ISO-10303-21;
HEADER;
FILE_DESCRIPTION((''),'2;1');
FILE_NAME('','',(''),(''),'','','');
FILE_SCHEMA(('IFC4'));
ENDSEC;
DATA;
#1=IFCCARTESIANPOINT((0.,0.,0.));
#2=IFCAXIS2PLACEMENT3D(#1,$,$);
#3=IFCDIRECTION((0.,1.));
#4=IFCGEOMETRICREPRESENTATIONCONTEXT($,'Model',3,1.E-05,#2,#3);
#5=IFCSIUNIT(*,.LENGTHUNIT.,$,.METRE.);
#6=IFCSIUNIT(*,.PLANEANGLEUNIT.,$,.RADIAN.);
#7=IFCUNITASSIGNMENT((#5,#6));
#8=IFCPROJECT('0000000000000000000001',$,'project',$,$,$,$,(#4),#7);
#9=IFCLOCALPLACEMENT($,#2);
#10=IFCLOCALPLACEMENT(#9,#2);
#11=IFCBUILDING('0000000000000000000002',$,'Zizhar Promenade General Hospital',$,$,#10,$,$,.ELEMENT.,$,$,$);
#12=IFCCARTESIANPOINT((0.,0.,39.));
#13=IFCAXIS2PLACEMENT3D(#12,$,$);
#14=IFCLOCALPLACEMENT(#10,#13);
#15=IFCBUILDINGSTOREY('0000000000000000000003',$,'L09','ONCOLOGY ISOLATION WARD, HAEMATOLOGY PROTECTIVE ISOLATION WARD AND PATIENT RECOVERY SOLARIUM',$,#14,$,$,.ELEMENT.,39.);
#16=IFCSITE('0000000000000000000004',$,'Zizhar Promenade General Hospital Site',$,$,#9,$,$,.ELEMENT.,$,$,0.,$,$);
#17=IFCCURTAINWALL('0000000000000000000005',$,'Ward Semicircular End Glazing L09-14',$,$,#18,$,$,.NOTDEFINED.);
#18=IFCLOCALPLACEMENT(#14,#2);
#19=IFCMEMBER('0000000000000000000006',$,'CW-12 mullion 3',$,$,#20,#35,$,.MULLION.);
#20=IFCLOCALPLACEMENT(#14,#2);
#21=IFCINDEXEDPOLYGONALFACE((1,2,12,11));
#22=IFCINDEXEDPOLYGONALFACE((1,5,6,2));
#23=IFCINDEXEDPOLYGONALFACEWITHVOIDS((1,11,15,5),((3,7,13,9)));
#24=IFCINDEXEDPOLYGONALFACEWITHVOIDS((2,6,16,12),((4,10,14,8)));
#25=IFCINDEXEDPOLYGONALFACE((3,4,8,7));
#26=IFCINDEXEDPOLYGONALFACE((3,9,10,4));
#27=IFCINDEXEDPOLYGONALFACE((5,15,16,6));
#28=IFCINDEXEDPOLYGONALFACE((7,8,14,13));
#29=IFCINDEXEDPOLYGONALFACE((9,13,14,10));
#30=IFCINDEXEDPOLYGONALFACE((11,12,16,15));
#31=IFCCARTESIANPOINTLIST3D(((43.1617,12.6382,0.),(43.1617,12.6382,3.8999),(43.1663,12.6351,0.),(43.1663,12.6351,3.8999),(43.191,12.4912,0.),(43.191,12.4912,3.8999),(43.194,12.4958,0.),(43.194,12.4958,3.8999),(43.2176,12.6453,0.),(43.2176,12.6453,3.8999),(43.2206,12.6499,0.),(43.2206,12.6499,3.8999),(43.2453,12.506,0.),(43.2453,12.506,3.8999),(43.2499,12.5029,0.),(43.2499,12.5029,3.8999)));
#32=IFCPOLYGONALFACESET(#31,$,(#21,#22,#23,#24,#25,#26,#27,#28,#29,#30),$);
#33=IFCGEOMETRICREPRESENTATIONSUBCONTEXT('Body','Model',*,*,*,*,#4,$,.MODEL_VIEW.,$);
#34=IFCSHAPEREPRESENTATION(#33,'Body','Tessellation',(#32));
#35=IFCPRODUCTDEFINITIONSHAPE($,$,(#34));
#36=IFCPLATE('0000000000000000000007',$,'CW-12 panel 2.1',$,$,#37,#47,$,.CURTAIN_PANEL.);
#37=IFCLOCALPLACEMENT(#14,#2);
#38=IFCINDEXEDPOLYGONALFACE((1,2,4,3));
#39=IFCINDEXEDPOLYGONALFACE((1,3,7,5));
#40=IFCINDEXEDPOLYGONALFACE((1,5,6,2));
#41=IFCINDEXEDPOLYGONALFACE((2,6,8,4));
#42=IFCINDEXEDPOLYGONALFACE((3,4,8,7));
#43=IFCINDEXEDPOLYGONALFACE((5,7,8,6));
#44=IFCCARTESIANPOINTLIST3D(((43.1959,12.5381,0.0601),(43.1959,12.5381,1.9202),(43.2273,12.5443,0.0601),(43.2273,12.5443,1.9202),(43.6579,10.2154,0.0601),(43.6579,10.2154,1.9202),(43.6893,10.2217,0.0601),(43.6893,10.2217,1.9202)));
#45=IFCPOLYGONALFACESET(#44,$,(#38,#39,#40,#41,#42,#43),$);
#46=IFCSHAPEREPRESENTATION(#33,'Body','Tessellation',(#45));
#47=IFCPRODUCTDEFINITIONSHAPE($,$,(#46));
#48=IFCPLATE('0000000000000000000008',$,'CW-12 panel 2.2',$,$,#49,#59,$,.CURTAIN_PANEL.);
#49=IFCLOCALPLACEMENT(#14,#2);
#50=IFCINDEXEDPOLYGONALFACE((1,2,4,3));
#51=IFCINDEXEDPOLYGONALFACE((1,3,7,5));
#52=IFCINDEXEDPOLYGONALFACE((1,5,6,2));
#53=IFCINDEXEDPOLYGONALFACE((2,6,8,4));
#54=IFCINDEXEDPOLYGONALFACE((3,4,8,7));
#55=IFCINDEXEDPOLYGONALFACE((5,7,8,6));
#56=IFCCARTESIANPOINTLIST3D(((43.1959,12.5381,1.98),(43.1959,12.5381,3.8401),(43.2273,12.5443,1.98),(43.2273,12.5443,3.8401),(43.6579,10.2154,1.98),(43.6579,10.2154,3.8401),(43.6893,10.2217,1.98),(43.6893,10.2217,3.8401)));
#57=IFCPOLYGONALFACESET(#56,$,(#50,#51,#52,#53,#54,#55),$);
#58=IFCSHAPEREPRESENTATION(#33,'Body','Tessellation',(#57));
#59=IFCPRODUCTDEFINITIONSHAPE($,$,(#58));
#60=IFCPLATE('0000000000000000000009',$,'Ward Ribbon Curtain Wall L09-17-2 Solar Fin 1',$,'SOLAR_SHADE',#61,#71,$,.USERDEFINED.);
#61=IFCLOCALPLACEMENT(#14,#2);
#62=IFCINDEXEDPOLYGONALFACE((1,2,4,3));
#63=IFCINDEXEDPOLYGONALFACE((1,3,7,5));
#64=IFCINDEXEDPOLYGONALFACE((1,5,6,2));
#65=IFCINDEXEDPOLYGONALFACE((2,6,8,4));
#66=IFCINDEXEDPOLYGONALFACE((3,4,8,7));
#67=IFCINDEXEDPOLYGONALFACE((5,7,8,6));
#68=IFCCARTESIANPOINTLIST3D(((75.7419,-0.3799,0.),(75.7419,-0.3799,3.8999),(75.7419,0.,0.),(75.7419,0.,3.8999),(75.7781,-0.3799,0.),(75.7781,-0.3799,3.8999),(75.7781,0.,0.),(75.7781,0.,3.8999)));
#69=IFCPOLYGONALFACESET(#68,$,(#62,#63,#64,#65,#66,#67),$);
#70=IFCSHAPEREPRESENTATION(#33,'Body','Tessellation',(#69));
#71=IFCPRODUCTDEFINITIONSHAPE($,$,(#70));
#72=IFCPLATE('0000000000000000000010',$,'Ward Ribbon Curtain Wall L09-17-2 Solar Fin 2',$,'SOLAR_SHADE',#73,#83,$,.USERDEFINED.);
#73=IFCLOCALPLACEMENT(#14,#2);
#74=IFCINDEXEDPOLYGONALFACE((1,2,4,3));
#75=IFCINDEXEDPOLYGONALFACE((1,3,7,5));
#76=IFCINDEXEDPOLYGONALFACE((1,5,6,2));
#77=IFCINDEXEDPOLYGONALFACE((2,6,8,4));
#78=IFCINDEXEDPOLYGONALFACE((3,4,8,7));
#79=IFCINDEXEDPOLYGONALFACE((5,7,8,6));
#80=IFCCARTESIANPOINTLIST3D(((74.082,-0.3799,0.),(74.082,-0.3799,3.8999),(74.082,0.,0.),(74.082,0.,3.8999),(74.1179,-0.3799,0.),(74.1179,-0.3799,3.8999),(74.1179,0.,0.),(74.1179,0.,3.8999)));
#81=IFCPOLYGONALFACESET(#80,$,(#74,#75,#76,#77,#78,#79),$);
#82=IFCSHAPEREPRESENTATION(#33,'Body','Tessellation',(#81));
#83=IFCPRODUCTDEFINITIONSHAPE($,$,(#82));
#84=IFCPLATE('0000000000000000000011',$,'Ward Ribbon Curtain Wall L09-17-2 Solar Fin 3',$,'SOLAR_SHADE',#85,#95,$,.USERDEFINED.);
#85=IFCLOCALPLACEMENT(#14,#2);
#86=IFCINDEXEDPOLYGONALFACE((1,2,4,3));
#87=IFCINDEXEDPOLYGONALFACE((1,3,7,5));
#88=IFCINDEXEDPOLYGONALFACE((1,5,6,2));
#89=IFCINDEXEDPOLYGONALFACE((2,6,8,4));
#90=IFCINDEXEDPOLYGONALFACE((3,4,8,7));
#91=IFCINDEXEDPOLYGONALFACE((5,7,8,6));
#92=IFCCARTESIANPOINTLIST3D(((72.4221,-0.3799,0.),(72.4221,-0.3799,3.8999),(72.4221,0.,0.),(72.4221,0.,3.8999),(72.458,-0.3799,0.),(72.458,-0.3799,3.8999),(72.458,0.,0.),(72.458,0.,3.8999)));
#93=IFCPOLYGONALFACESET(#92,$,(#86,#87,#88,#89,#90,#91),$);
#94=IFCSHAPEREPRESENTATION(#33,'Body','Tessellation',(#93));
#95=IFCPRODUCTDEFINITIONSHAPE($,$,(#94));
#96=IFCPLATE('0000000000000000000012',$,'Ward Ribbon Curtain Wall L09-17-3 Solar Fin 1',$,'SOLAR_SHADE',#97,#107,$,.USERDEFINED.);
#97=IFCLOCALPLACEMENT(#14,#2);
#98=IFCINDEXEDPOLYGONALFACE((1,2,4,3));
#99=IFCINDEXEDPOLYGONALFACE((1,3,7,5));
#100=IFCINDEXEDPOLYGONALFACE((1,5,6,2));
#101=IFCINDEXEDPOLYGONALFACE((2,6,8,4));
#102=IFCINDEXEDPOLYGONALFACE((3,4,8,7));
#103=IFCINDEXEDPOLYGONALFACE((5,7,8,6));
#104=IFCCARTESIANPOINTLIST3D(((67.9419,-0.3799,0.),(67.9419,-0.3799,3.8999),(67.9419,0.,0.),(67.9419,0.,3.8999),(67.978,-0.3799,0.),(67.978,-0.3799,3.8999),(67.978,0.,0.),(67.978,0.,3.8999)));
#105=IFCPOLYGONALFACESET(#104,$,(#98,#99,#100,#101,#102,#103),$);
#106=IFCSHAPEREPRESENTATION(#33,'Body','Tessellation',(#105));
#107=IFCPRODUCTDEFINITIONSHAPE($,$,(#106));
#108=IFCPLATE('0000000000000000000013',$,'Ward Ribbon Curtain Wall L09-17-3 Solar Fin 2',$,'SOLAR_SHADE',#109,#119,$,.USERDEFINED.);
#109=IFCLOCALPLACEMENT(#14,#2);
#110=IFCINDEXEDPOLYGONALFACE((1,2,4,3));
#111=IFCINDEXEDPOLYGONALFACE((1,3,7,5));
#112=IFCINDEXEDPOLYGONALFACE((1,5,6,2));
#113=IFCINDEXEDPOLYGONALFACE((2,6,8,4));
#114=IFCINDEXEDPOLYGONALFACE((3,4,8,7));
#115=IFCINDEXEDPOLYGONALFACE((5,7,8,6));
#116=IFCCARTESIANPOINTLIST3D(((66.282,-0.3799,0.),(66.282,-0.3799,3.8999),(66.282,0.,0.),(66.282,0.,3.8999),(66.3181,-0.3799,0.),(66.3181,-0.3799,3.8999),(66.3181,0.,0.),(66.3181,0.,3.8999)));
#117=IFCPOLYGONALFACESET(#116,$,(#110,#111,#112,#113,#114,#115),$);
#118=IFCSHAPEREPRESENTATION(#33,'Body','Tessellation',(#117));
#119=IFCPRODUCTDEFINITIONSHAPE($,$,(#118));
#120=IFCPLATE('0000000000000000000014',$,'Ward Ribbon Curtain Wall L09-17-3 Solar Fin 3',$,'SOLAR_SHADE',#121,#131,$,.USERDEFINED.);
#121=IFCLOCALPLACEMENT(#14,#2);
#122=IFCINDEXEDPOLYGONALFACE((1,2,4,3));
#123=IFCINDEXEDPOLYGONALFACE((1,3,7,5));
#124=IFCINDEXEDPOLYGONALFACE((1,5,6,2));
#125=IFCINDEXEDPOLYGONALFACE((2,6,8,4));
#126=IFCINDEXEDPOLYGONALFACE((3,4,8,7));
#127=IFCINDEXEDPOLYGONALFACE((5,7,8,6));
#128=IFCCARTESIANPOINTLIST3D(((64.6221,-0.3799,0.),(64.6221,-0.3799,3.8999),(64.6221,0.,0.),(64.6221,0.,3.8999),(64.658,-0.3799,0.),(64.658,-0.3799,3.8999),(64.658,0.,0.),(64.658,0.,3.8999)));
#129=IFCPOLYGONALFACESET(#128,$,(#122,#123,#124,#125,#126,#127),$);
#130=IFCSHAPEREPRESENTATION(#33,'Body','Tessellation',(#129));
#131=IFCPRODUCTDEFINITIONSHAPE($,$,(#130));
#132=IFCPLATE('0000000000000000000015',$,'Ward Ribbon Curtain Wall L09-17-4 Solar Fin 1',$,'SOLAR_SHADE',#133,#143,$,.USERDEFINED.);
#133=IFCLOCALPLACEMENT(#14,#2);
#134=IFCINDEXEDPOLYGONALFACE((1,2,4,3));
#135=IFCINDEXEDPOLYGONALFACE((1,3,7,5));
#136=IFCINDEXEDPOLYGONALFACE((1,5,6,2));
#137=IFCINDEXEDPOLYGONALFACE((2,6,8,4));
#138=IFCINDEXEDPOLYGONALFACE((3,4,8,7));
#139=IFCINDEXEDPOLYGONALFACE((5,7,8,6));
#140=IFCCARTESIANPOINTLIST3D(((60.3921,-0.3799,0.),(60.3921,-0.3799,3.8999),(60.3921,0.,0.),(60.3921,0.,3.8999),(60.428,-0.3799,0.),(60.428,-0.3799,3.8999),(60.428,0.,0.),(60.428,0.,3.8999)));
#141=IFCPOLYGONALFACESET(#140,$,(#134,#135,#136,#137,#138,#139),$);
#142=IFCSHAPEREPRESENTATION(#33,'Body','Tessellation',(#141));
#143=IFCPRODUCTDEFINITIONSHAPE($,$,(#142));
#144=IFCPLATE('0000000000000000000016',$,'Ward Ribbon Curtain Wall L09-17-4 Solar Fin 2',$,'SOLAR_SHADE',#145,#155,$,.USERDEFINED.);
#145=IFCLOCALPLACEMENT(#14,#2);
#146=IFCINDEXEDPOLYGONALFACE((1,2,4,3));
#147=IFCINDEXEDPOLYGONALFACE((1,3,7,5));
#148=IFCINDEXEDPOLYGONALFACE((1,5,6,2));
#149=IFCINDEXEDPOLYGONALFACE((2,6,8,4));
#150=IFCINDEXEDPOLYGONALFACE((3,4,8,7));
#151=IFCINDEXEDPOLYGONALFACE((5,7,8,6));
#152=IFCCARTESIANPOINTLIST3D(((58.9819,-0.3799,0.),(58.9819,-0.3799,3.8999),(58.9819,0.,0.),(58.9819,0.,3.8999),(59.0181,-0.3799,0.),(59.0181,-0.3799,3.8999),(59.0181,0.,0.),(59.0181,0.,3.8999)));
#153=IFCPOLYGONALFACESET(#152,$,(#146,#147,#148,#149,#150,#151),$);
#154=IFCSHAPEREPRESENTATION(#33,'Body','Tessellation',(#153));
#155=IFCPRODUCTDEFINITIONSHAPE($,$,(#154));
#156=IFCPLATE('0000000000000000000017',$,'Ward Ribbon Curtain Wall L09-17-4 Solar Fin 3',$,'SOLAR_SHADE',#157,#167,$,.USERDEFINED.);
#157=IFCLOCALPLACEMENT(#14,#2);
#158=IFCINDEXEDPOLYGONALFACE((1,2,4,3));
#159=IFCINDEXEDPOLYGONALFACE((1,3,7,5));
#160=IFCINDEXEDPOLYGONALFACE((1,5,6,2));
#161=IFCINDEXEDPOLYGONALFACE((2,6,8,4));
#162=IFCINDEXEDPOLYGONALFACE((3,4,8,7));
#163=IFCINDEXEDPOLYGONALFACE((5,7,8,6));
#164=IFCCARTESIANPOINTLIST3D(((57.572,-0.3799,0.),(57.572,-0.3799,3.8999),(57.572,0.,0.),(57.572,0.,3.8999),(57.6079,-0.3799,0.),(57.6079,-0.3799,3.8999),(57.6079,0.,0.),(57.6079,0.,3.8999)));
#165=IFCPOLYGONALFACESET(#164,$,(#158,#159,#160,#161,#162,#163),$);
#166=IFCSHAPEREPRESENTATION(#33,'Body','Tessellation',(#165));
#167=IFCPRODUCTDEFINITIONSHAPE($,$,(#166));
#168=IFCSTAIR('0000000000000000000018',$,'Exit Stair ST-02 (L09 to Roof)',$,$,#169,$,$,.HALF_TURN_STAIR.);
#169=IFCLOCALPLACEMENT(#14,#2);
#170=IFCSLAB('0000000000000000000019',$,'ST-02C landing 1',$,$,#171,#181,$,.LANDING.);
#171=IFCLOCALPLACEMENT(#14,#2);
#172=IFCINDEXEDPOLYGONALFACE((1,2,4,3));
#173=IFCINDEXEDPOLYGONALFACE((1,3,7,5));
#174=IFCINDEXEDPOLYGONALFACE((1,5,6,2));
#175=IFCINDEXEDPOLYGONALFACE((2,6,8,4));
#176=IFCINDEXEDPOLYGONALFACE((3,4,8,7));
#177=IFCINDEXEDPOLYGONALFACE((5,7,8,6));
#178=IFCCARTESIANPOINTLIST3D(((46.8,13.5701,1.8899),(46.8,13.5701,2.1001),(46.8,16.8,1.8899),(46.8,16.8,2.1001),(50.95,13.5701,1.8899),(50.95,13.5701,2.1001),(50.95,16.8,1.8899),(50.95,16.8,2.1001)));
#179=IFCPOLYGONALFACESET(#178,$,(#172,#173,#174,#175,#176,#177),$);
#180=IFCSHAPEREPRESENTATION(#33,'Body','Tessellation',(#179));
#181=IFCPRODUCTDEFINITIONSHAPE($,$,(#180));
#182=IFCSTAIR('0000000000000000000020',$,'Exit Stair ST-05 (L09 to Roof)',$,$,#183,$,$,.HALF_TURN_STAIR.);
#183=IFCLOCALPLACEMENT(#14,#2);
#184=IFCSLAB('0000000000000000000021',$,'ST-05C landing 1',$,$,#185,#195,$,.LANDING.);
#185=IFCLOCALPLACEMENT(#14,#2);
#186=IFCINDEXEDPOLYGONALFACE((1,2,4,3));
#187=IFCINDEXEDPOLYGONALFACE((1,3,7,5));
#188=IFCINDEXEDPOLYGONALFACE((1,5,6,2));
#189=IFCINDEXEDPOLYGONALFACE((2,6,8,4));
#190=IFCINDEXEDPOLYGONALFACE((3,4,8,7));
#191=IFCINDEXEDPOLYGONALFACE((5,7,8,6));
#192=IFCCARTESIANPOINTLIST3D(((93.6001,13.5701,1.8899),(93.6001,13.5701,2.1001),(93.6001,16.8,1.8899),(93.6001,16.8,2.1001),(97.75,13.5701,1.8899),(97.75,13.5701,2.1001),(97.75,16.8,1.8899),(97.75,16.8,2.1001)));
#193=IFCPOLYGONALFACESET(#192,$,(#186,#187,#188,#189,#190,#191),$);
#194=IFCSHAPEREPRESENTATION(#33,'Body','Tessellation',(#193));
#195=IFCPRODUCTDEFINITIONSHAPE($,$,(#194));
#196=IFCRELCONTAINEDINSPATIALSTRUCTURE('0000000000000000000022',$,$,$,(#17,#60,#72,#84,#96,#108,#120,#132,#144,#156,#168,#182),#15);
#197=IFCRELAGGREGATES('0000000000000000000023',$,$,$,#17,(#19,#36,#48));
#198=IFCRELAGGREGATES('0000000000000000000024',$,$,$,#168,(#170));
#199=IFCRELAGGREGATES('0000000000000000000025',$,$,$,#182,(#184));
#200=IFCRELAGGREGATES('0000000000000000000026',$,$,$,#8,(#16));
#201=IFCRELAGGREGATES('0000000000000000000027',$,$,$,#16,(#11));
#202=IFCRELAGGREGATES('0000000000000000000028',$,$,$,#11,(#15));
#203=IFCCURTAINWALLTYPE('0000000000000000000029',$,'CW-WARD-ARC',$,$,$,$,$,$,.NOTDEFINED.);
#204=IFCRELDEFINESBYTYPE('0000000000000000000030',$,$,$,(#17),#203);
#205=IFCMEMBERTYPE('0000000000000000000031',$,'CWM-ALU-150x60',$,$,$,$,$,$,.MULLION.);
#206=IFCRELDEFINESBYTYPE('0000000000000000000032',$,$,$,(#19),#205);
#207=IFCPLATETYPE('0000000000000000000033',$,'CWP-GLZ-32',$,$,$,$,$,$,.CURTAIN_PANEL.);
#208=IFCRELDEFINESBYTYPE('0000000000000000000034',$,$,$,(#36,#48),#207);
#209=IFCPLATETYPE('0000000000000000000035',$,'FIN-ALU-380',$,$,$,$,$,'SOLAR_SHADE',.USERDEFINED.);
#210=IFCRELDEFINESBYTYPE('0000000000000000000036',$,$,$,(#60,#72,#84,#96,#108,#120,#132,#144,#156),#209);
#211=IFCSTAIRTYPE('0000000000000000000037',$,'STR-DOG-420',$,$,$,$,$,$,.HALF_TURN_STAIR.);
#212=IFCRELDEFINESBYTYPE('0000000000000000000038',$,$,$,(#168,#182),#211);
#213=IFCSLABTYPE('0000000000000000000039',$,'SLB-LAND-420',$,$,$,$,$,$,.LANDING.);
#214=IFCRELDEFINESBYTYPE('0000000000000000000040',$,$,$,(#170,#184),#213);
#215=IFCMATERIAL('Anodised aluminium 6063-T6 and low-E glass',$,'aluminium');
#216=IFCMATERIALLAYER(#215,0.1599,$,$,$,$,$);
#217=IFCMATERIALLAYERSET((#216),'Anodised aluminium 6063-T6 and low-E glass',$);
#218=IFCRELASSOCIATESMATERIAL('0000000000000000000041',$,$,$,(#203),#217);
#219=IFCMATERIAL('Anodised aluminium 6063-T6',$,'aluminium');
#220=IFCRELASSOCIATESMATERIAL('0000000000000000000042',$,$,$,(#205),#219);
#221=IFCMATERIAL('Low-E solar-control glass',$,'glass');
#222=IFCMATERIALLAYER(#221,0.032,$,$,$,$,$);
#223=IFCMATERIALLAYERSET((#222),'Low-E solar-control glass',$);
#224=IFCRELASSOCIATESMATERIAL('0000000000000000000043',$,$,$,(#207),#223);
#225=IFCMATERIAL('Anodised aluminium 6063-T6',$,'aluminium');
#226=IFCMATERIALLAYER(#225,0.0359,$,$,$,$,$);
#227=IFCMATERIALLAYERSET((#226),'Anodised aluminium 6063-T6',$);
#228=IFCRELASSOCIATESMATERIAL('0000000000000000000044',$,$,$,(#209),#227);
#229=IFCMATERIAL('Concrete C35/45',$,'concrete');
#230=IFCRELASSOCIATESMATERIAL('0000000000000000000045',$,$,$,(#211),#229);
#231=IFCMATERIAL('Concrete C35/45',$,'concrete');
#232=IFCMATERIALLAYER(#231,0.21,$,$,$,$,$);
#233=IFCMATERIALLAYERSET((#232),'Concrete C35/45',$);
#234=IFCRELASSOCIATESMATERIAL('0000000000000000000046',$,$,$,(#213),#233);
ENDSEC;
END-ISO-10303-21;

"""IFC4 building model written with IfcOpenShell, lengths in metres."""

from ifc_helpers import new_model, si_unit, direction, frame, origin, origin_2d, place, context, subcontext, project, spatial, polyline, rectangle, hollow_rectangle, outline, extrude, material, layer, layer_set, material_profile, profile_set, type_object, element, aggregate, save


model = new_model("IFC4")

# Units and contexts
model_context = context("Model", 3, precision=1e-05, world=origin(), true_north=direction((0.0, 1.0)))
body_context = subcontext(model_context, "Body", "Model", "MODEL_VIEW")
ifc_project = project(units=[si_unit("LENGTHUNIT", "METRE"), si_unit("PLANEANGLEUNIT", "RADIAN")], contexts=[model_context])

# Site, building, storey
site_placement = place(None, origin())
site = spatial("IfcSite", under=ifc_project, at=site_placement, Name="Zizhar Promenade General Hospital Site", CompositionType="ELEMENT", RefElevation=0.0)
building_placement = place(site_placement, origin())
building = spatial("IfcBuilding", under=site, at=building_placement, Name="Zizhar Promenade General Hospital", CompositionType="ELEMENT")
storey_placement = place(building_placement, frame((0.0, 0.0, 39.0)))
storey = spatial("IfcBuildingStorey", under=building, at=storey_placement, Name="L09", Description="ONCOLOGY ISOLATION WARD, HAEMATOLOGY PROTECTIVE ISOLATION WARD AND PATIENT RECOVERY SOLARIUM", CompositionType="ELEMENT", Elevation=39.0)

# Curtain wall, member, plates
ifc_material_1 = material(Name="Anodised aluminium 6063-T6 and low-E glass", Category="aluminium")
ifc_layer_1 = layer(ifc_material_1, 0.1599)
ifc_layer_set_1 = layer_set([ifc_layer_1], Name="Anodised aluminium 6063-T6 and low-E glass")
curtain_wall_type = type_object("IfcCurtainWallType", Name="CW-WARD-ARC", PredefinedType="NOTDEFINED", material=ifc_layer_set_1)
curtain_wall_placement = place(storey_placement, origin())
curtain_wall = element("IfcCurtainWall", 1, at=curtain_wall_placement, inside=storey, type_object=curtain_wall_type, Name="Ward Semicircular End Glazing L09-14", PredefinedType="NOTDEFINED")
ifc_material_2 = material(Name="Anodised aluminium 6063-T6", Category="aluminium")
ifc_material_profile_1 = material_profile(ifc_material_2, hollow_rectangle(XDim=0.0601, YDim=0.1499, WallThickness=0.0039, at=origin_2d()))
ifc_profile_set_1 = profile_set([ifc_material_profile_1], Name="Anodised aluminium 6063-T6")
member_type = type_object("IfcMemberType", Name="CWM-ALU-150x60", PredefinedType="MULLION", material=ifc_profile_set_1)
member_placement = place(storey_placement, frame((43.2058, 12.5706, 0.0), z_axis=(0.0, 0.0, 1.0), x_axis=(-0.980786, -0.195087, 0.0)))
member = element("IfcMember", 2, at=member_placement, type_object=member_type, Name="CW-12 mullion 3", PredefinedType="MULLION", context=body_context, shape_type="SweptSolid", body=[
    extrude(hollow_rectangle(XDim=0.0601, YDim=0.1499, WallThickness=0.0039, at=origin_2d()), origin(), (0.0, 0.0, 1.0), 3.8999),
])
ifc_material_3 = material(Name="Low-E solar-control glass", Category="glass")
ifc_layer_2 = layer(ifc_material_3, 0.032)
ifc_layer_set_2 = layer_set([ifc_layer_2], Name="Low-E solar-control glass")
plate_type_1 = type_object("IfcPlateType", Name="CWP-GLZ-32", PredefinedType="CURTAIN_PANEL", material=ifc_layer_set_2)
plate_1_placement = place(storey_placement, frame((43.4426, 11.3799, 0.0601), z_axis=(0.0, 0.0, 1.0), x_axis=(-0.195087, 0.980786, 0.0)))
plate_1 = element("IfcPlate", 3, at=plate_1_placement, type_object=plate_type_1, Name="CW-12 panel 2.1", PredefinedType="CURTAIN_PANEL", context=body_context, shape_type="SweptSolid", body=[
    extrude(rectangle(XDim=2.3682, YDim=0.032, at=origin_2d()), origin(), (0.0, 0.0, 1.0), 1.8601),
])
plate_2_placement = place(storey_placement, frame((43.4426, 11.3799, 1.98), z_axis=(0.0, 0.0, 1.0), x_axis=(-0.195087, 0.980786, 0.0)))
plate_2 = element("IfcPlate", 4, at=plate_2_placement, type_object=plate_type_1, Name="CW-12 panel 2.2", PredefinedType="CURTAIN_PANEL", context=body_context, shape_type="SweptSolid", body=[
    extrude(rectangle(XDim=2.3682, YDim=0.032, at=origin_2d()), origin(), (0.0, 0.0, 1.0), 1.8601),
])
aggregate(curtain_wall, [member, plate_1, plate_2])

# Plates
ifc_material_4 = material(Name="Anodised aluminium 6063-T6", Category="aluminium")
ifc_layer_3 = layer(ifc_material_4, 0.0359)
ifc_layer_set_3 = layer_set([ifc_layer_3], Name="Anodised aluminium 6063-T6")
plate_type_2 = type_object("IfcPlateType", Name="FIN-ALU-380", ElementType="SOLAR_SHADE", PredefinedType="USERDEFINED", material=ifc_layer_set_3)
plate_3_placement = place(storey_placement, origin())
element("IfcPlate", 5, at=plate_3_placement, inside=storey, type_object=plate_type_2, Name="Ward Ribbon Curtain Wall L09-17-2 Solar Fin 1", ObjectType="SOLAR_SHADE", PredefinedType="USERDEFINED", context=body_context, shape_type="SweptSolid", body=[
    extrude(outline(polyline([(75.7781, 0.0), (75.7419, 0.0), (75.7419, -0.3799), (75.7781, -0.3799), (75.7781, 0.0)])), origin(), (0.0, 0.0, 1.0), 3.8999),
])
plate_4_placement = place(storey_placement, origin())
element("IfcPlate", 6, at=plate_4_placement, inside=storey, type_object=plate_type_2, Name="Ward Ribbon Curtain Wall L09-17-2 Solar Fin 2", ObjectType="SOLAR_SHADE", PredefinedType="USERDEFINED", context=body_context, shape_type="SweptSolid", body=[
    extrude(outline(polyline([(74.1179, 0.0), (74.082, 0.0), (74.082, -0.3799), (74.1179, -0.3799), (74.1179, 0.0)])), origin(), (0.0, 0.0, 1.0), 3.8999),
])
plate_5_placement = place(storey_placement, origin())
element("IfcPlate", 7, at=plate_5_placement, inside=storey, type_object=plate_type_2, Name="Ward Ribbon Curtain Wall L09-17-2 Solar Fin 3", ObjectType="SOLAR_SHADE", PredefinedType="USERDEFINED", context=body_context, shape_type="SweptSolid", body=[
    extrude(outline(polyline([(72.458, 0.0), (72.4221, 0.0), (72.4221, -0.3799), (72.458, -0.3799), (72.458, 0.0)])), origin(), (0.0, 0.0, 1.0), 3.8999),
])
plate_6_placement = place(storey_placement, origin())
element("IfcPlate", 8, at=plate_6_placement, inside=storey, type_object=plate_type_2, Name="Ward Ribbon Curtain Wall L09-17-3 Solar Fin 1", ObjectType="SOLAR_SHADE", PredefinedType="USERDEFINED", context=body_context, shape_type="SweptSolid", body=[
    extrude(outline(polyline([(67.978, 0.0), (67.9419, 0.0), (67.9419, -0.3799), (67.978, -0.3799), (67.978, 0.0)])), origin(), (0.0, 0.0, 1.0), 3.8999),
])
plate_7_placement = place(storey_placement, origin())
element("IfcPlate", 9, at=plate_7_placement, inside=storey, type_object=plate_type_2, Name="Ward Ribbon Curtain Wall L09-17-3 Solar Fin 2", ObjectType="SOLAR_SHADE", PredefinedType="USERDEFINED", context=body_context, shape_type="SweptSolid", body=[
    extrude(outline(polyline([(66.3181, 0.0), (66.282, 0.0), (66.282, -0.3799), (66.3181, -0.3799), (66.3181, 0.0)])), origin(), (0.0, 0.0, 1.0), 3.8999),
])
plate_8_placement = place(storey_placement, origin())
element("IfcPlate", 10, at=plate_8_placement, inside=storey, type_object=plate_type_2, Name="Ward Ribbon Curtain Wall L09-17-3 Solar Fin 3", ObjectType="SOLAR_SHADE", PredefinedType="USERDEFINED", context=body_context, shape_type="SweptSolid", body=[
    extrude(outline(polyline([(64.658, 0.0), (64.6221, 0.0), (64.6221, -0.3799), (64.658, -0.3799), (64.658, 0.0)])), origin(), (0.0, 0.0, 1.0), 3.8999),
])
plate_9_placement = place(storey_placement, origin())
element("IfcPlate", 11, at=plate_9_placement, inside=storey, type_object=plate_type_2, Name="Ward Ribbon Curtain Wall L09-17-4 Solar Fin 1", ObjectType="SOLAR_SHADE", PredefinedType="USERDEFINED", context=body_context, shape_type="SweptSolid", body=[
    extrude(outline(polyline([(60.428, 0.0), (60.3921, 0.0), (60.3921, -0.3799), (60.428, -0.3799), (60.428, 0.0)])), origin(), (0.0, 0.0, 1.0), 3.8999),
])
plate_10_placement = place(storey_placement, origin())
element("IfcPlate", 12, at=plate_10_placement, inside=storey, type_object=plate_type_2, Name="Ward Ribbon Curtain Wall L09-17-4 Solar Fin 2", ObjectType="SOLAR_SHADE", PredefinedType="USERDEFINED", context=body_context, shape_type="SweptSolid", body=[
    extrude(outline(polyline([(59.0181, 0.0), (58.9819, 0.0), (58.9819, -0.3799), (59.0181, -0.3799), (59.0181, 0.0)])), origin(), (0.0, 0.0, 1.0), 3.8999),
])
plate_11_placement = place(storey_placement, origin())
element("IfcPlate", 13, at=plate_11_placement, inside=storey, type_object=plate_type_2, Name="Ward Ribbon Curtain Wall L09-17-4 Solar Fin 3", ObjectType="SOLAR_SHADE", PredefinedType="USERDEFINED", context=body_context, shape_type="SweptSolid", body=[
    extrude(outline(polyline([(57.6079, 0.0), (57.572, 0.0), (57.572, -0.3799), (57.6079, -0.3799), (57.6079, 0.0)])), origin(), (0.0, 0.0, 1.0), 3.8999),
])

# Stairs, slabs
ifc_material_5 = material(Name="Concrete C35/45", Category="concrete")
stair_type = type_object("IfcStairType", Name="STR-DOG-420", PredefinedType="HALF_TURN_STAIR", material=ifc_material_5)
stair_1_placement = place(storey_placement, origin())
stair_1 = element("IfcStair", 14, at=stair_1_placement, inside=storey, type_object=stair_type, Name="Exit Stair ST-02 (L09 to Roof)", PredefinedType="HALF_TURN_STAIR")
ifc_material_6 = material(Name="Concrete C35/45", Category="concrete")
ifc_layer_4 = layer(ifc_material_6, 0.21)
ifc_layer_set_4 = layer_set([ifc_layer_4], Name="Concrete C35/45")
slab_type = type_object("IfcSlabType", Name="SLB-LAND-420", PredefinedType="LANDING", material=ifc_layer_set_4)
slab_1_placement = place(storey_placement, frame((0.0, 0.0, 1.8899)))
slab_1 = element("IfcSlab", 15, at=slab_1_placement, type_object=slab_type, Name="ST-02C landing 1", PredefinedType="LANDING", context=body_context, shape_type="SweptSolid", body=[
    extrude(outline(polyline([(46.8, 13.5701), (50.95, 13.5701), (50.95, 16.8), (46.8, 16.8), (46.8, 13.5701)])), origin(), (0.0, 0.0, 1.0), 0.2102),
])
aggregate(stair_1, [slab_1])
stair_2_placement = place(storey_placement, origin())
stair_2 = element("IfcStair", 16, at=stair_2_placement, inside=storey, type_object=stair_type, Name="Exit Stair ST-05 (L09 to Roof)", PredefinedType="HALF_TURN_STAIR")
slab_2_placement = place(storey_placement, frame((0.0, 0.0, 1.8899)))
slab_2 = element("IfcSlab", 17, at=slab_2_placement, type_object=slab_type, Name="ST-05C landing 1", PredefinedType="LANDING", context=body_context, shape_type="SweptSolid", body=[
    extrude(outline(polyline([(93.6001, 13.5701), (97.75, 13.5701), (97.75, 16.8), (93.6001, 16.8), (93.6001, 13.5701)])), origin(), (0.0, 0.0, 1.0), 0.2102),
])
aggregate(stair_2, [slab_2])

save(model, "model.ifc")
